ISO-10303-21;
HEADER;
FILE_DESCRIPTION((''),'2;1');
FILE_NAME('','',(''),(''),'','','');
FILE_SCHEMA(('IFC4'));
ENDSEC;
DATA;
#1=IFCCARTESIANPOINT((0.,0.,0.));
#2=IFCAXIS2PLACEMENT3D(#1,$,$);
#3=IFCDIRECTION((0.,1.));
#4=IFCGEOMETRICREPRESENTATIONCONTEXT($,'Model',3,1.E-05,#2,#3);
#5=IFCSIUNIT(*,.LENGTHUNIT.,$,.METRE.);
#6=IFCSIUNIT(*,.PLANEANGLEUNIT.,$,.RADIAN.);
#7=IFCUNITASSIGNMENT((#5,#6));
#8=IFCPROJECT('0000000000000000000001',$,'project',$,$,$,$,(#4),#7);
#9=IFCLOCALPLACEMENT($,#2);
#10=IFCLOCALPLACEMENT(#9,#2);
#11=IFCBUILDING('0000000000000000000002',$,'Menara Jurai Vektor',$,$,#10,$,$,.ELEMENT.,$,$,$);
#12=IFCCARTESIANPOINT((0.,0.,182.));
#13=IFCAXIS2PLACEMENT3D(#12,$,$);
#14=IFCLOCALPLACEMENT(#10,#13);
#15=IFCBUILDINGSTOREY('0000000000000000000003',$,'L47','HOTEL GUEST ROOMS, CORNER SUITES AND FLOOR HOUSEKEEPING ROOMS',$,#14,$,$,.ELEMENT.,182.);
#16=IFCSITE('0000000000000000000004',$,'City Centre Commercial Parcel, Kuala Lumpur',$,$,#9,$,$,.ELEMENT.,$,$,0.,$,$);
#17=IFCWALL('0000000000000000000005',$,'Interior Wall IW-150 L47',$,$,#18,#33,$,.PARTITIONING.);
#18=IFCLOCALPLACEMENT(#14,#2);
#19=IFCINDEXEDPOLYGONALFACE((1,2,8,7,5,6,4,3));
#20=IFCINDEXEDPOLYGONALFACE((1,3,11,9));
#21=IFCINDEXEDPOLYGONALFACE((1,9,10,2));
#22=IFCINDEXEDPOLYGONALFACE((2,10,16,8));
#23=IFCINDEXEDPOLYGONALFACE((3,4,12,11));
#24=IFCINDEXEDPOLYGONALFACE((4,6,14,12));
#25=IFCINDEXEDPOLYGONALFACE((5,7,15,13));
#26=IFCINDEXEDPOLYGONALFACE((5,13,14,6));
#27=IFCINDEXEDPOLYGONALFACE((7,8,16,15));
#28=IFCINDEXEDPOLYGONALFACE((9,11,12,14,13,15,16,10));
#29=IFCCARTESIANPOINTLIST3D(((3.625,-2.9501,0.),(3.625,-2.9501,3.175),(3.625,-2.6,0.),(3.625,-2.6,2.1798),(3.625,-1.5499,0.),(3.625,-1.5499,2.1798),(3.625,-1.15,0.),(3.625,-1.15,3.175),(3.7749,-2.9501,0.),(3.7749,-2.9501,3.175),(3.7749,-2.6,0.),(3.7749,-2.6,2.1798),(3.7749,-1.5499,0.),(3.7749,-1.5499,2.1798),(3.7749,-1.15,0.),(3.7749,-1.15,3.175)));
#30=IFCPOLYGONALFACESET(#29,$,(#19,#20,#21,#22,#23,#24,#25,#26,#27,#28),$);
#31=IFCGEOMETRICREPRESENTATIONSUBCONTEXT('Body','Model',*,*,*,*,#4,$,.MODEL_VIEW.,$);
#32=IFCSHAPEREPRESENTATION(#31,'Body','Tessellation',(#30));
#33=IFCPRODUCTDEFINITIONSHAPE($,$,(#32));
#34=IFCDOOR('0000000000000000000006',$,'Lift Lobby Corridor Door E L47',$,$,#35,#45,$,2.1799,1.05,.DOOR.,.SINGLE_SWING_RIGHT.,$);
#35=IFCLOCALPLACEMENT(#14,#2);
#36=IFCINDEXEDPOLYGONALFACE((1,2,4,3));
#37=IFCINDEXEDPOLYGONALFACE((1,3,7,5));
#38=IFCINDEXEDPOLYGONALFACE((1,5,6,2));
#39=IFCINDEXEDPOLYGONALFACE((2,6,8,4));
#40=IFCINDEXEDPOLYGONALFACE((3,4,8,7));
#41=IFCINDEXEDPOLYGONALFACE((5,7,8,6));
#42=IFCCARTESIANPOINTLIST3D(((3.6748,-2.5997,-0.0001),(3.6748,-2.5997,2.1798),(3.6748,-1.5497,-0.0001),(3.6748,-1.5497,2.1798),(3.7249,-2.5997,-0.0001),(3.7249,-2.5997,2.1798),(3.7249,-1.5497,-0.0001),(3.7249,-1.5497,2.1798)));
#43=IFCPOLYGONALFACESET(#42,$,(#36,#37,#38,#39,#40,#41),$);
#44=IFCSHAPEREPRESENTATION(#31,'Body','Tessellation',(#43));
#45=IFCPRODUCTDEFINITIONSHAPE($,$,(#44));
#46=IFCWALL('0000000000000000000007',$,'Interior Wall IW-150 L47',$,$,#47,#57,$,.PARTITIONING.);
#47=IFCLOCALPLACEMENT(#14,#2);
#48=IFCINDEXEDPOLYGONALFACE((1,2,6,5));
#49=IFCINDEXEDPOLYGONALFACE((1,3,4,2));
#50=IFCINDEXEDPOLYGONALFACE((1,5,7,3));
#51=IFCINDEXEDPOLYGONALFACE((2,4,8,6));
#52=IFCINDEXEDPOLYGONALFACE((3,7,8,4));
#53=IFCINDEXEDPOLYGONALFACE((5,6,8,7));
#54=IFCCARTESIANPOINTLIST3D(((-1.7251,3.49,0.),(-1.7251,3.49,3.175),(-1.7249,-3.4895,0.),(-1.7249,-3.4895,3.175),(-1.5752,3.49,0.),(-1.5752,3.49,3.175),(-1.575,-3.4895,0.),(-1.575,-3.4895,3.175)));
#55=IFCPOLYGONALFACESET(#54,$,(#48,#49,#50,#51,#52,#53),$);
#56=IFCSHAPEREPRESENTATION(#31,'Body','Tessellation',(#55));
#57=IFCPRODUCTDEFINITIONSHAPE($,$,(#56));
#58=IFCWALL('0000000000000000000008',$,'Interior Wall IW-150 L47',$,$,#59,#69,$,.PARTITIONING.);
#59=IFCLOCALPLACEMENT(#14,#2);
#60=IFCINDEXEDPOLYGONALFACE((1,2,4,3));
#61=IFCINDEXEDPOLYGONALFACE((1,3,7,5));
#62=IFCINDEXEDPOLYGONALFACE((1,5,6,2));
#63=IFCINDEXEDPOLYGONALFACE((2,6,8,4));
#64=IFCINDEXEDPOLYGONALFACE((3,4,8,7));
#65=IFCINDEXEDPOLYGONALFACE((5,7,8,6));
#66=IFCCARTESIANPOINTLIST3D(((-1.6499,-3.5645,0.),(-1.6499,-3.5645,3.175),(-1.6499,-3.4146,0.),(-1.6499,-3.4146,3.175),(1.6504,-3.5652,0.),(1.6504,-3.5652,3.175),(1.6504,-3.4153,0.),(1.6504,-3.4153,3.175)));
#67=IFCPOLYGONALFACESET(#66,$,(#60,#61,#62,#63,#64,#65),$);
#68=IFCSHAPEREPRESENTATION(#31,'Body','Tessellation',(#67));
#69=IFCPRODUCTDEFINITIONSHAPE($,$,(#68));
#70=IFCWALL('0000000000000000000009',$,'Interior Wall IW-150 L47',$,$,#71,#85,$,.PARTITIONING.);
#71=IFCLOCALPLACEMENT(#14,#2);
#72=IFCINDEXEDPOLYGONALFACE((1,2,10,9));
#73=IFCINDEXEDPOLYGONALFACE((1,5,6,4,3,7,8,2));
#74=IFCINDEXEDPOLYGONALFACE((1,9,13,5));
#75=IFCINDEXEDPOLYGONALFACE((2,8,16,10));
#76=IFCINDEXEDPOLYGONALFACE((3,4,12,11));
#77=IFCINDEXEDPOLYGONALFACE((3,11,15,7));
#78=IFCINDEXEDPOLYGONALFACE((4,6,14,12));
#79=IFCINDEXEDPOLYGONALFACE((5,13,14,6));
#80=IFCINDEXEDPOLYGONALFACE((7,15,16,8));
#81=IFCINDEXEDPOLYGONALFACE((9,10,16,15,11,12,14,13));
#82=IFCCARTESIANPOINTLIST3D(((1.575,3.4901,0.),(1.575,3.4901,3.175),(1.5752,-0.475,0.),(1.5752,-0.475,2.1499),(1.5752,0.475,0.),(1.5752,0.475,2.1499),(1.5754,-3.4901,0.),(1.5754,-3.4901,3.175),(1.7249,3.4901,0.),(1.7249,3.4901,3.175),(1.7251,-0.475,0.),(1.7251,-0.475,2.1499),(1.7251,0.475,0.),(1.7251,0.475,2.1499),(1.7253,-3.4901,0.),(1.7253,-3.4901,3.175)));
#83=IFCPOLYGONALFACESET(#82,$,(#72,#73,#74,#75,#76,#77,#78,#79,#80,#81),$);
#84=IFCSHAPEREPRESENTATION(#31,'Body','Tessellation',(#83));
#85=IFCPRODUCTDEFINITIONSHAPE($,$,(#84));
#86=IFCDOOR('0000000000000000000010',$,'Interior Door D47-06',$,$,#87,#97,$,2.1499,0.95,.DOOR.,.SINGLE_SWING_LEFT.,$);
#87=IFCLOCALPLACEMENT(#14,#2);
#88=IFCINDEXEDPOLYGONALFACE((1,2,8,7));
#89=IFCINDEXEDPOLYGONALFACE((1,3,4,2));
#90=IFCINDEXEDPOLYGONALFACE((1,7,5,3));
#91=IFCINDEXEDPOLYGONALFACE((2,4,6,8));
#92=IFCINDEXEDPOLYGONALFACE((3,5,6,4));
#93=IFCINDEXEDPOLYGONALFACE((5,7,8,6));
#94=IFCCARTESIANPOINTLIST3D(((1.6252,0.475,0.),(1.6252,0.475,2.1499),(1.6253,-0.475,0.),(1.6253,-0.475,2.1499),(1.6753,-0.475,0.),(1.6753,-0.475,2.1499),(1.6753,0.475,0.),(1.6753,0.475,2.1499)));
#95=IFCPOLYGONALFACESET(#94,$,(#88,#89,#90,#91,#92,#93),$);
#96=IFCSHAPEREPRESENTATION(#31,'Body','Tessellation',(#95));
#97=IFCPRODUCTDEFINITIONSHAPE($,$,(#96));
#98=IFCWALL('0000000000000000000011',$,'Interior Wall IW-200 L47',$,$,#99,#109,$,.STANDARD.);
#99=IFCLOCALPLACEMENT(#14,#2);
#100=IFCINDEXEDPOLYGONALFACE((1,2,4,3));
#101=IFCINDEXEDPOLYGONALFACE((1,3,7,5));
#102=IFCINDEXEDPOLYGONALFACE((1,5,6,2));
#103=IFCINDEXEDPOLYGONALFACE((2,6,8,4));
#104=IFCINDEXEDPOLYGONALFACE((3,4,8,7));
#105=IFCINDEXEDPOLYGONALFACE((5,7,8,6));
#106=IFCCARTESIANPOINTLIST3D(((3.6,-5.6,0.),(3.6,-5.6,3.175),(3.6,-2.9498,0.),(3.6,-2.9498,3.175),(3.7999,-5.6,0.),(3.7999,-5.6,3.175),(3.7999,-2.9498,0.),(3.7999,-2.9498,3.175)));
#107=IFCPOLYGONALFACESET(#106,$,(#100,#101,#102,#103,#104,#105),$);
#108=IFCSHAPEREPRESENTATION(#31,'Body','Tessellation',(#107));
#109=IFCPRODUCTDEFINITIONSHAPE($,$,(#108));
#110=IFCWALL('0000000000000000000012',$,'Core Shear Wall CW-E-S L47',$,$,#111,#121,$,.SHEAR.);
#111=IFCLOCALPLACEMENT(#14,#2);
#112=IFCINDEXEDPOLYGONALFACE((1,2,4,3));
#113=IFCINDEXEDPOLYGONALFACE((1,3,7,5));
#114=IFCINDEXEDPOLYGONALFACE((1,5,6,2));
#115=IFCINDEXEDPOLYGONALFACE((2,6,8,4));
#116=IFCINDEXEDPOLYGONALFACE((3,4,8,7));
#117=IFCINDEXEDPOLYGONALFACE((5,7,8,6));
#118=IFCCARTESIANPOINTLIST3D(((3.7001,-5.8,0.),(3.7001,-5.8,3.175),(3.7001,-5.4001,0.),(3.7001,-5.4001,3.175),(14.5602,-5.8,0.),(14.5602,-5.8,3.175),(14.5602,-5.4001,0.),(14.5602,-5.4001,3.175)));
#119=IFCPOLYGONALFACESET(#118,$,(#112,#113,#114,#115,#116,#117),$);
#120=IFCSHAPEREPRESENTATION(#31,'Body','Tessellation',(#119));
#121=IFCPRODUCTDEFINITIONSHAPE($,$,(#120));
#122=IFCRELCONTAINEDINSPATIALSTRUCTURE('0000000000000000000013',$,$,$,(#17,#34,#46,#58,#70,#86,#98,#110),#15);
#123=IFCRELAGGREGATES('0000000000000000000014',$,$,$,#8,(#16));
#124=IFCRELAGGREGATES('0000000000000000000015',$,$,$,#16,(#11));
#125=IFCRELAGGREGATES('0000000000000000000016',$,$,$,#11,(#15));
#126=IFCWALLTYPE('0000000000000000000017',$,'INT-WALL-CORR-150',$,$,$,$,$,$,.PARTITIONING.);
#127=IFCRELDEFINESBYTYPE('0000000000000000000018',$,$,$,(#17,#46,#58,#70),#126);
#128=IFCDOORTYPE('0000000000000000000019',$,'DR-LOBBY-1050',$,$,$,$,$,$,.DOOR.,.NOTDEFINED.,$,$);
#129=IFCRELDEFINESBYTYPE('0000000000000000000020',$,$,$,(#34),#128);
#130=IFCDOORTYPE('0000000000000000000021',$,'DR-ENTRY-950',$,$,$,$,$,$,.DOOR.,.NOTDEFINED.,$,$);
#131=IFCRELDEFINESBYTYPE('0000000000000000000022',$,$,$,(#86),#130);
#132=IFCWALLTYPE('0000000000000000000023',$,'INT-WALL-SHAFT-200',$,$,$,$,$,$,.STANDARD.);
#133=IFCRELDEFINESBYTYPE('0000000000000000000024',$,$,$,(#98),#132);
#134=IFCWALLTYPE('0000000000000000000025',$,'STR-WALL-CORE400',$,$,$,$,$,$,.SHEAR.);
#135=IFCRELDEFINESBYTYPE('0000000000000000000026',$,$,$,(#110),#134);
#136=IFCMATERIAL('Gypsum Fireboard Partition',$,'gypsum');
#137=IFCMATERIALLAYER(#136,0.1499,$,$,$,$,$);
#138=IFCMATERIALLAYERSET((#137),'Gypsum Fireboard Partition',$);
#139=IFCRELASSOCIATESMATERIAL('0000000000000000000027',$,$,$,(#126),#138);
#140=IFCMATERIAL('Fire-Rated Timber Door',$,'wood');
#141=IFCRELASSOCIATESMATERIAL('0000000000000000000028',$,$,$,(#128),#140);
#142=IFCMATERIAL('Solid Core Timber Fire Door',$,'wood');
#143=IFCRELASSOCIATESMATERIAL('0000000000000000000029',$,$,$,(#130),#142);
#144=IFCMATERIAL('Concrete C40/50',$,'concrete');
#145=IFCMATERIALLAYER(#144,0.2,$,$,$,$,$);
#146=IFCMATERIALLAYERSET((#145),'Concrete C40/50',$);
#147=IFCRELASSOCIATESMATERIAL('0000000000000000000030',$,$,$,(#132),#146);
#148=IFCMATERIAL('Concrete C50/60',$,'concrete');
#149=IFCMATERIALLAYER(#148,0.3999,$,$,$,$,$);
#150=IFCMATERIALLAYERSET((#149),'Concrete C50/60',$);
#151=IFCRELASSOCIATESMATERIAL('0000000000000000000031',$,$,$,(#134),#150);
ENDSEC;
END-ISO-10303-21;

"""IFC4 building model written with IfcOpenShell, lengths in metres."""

from ifc_helpers import new_model, si_unit, direction, frame, frame_2d, origin, place, context, subcontext, project, spatial, rectangle, extrude, material, layer, layer_set, type_object, element, fill, save


model = new_model("IFC4")

# Units and contexts
model_context = context("Model", 3, precision=1e-05, world=origin(), true_north=direction((0.0, 1.0)))
body_context = subcontext(model_context, "Body", "Model", "MODEL_VIEW")
ifc_project = project(units=[si_unit("LENGTHUNIT", "METRE"), si_unit("PLANEANGLEUNIT", "RADIAN")], contexts=[model_context])

# Site, building, storey
site_placement = place(None, origin())
site = spatial("IfcSite", under=ifc_project, at=site_placement, Name="City Centre Commercial Parcel, Kuala Lumpur", CompositionType="ELEMENT", RefElevation=0.0)
building_placement = place(site_placement, origin())
building = spatial("IfcBuilding", under=site, at=building_placement, Name="Menara Jurai Vektor", CompositionType="ELEMENT")
storey_placement = place(building_placement, frame((0.0, 0.0, 182.0)))
storey = spatial("IfcBuildingStorey", under=building, at=storey_placement, Name="L47", Description="HOTEL GUEST ROOMS, CORNER SUITES AND FLOOR HOUSEKEEPING ROOMS", CompositionType="ELEMENT", Elevation=182.0)

# Shared definitions
ifc_material_1 = material(Name="Concrete C50/60", Category="concrete")

# Shared definitions
ifc_material_2 = material(Name="Concrete C40/50", Category="concrete")

# Wall, opening, door
ifc_material_3 = material(Name="Gypsum Fireboard Partition", Category="gypsum")
ifc_layer_1 = layer(ifc_material_3, 0.1499)
ifc_layer_set_1 = layer_set([ifc_layer_1], Name="Gypsum Fireboard Partition")
wall_type_1 = type_object("IfcWallType", Name="INT-WALL-CORR-150", PredefinedType="PARTITIONING", material=ifc_layer_set_1)
wall_1_placement = place(storey_placement, frame((3.7, -2.95, 0.0), z_axis=(0.0, 0.0, 1.0), x_axis=(0.0, 1.0, 0.0)))
wall_1 = element("IfcWall", 1, at=wall_1_placement, inside=storey, type_object=wall_type_1, Name="Interior Wall IW-150 L47", PredefinedType="PARTITIONING", context=body_context, shape_type="SweptSolid", body=[
    extrude(rectangle(XDim=1.8, YDim=0.1499, at=frame_2d((0.8999, 0.0))), origin(), (0.0, 0.0, 1.0), 3.175),
])
opening_1_placement = place(wall_1_placement, frame((0.3501, 0.0, 0.0)))
opening_1 = element("IfcOpeningElement", 2, at=opening_1_placement, cuts=wall_1, PredefinedType="OPENING", context=body_context, shape_type="SweptSolid", body=[
    extrude(rectangle(XDim=1.05, YDim=2.1799, at=frame_2d((0.5249, 1.0898))), frame((0.0, 0.085, 0.0), z_axis=(0.0, -1.0, 0.0), x_axis=(1.0, 0.0, 0.0)), (0.0, 0.0, 1.0), 0.1699),
])
ifc_material_4 = material(Name="Fire-Rated Timber Door", Category="wood")
door_type_1 = type_object("IfcDoorType", Name="DR-LOBBY-1050", OperationType="NOTDEFINED", PredefinedType="DOOR", material=ifc_material_4)
door_1_placement = place(opening_1_placement, frame((1.05, 0.0, 0.0), z_axis=(0.0, 0.0, 1.0), x_axis=(-1.0, 0.0, 0.0)))
door_1 = element("IfcDoor", 3, at=door_1_placement, inside=storey, type_object=door_type_1, Name="Lift Lobby Corridor Door E L47", OperationType="SINGLE_SWING_RIGHT", OverallHeight=2.1799, OverallWidth=1.05, PredefinedType="DOOR", context=body_context, shape_type="SweptSolid", body=[
    extrude(rectangle(XDim=1.05, YDim=2.1799, at=frame_2d((0.5249, 1.0898))), frame((0.0, 0.0249, 0.0), z_axis=(0.0, -1.0, 0.0), x_axis=(1.0, 0.0, 0.0)), (0.0, 0.0, 1.0), 0.05),
])
fill(opening_1, door_1)

# Walls
wall_2_placement = place(storey_placement, frame((-1.6499, -3.4895, 0.0), z_axis=(0.0, 0.0, 1.0), x_axis=(-0.000035, 1.0, 0.0)))
element("IfcWall", 4, at=wall_2_placement, inside=storey, type_object=wall_type_1, Name="Interior Wall IW-150 L47", PredefinedType="PARTITIONING", context=body_context, shape_type="SweptSolid", body=[
    extrude(rectangle(XDim=6.9795, YDim=0.1499, at=frame_2d((3.4897, 0.0))), origin(), (0.0, 0.0, 1.0), 3.175),
])
wall_3_placement = place(storey_placement, frame((-1.6499, -3.4895, 0.0), z_axis=(0.0, 0.0, 1.0), x_axis=(1.0, -0.000222, 0.0)))
element("IfcWall", 5, at=wall_3_placement, inside=storey, type_object=wall_type_1, Name="Interior Wall IW-150 L47", PredefinedType="PARTITIONING", context=body_context, shape_type="SweptSolid", body=[
    extrude(rectangle(XDim=3.3003, YDim=0.1499, at=frame_2d((1.6501, 0.0))), origin(), (0.0, 0.0, 1.0), 3.175),
])

# Wall, opening, door
wall_4_placement = place(storey_placement, frame((1.6504, -3.4902, 0.0), z_axis=(0.0, 0.0, 1.0), x_axis=(-0.00007, 1.0, 0.0)))
wall_4 = element("IfcWall", 6, at=wall_4_placement, inside=storey, type_object=wall_type_1, Name="Interior Wall IW-150 L47", PredefinedType="PARTITIONING", context=body_context, shape_type="SweptSolid", body=[
    extrude(rectangle(XDim=6.9802, YDim=0.1499, at=frame_2d((3.4902, 0.0))), origin(), (0.0, 0.0, 1.0), 3.175),
])
opening_2_placement = place(wall_4_placement, frame((3.0151, 0.0, 0.0)))
opening_2 = element("IfcOpeningElement", 7, at=opening_2_placement, cuts=wall_4, PredefinedType="OPENING", context=body_context, shape_type="SweptSolid", body=[
    extrude(rectangle(XDim=0.95, YDim=2.1499, at=frame_2d((0.4751, 1.075))), frame((0.0, 0.085, 0.0), z_axis=(0.0, -1.0, 0.0), x_axis=(1.0, 0.0, 0.0)), (0.0, 0.0, 1.0), 0.1699),
])
ifc_material_5 = material(Name="Solid Core Timber Fire Door", Category="wood")
door_type_2 = type_object("IfcDoorType", Name="DR-ENTRY-950", OperationType="NOTDEFINED", PredefinedType="DOOR", material=ifc_material_5)
door_2_placement = place(opening_2_placement, origin())
door_2 = element("IfcDoor", 8, at=door_2_placement, inside=storey, type_object=door_type_2, Name="Interior Door D47-06", OperationType="SINGLE_SWING_LEFT", OverallHeight=2.1499, OverallWidth=0.95, PredefinedType="DOOR", context=body_context, shape_type="SweptSolid", body=[
    extrude(rectangle(XDim=0.95, YDim=2.1499, at=frame_2d((0.4751, 1.075))), frame((0.0, 0.0249, 0.0), z_axis=(0.0, -1.0, 0.0), x_axis=(1.0, 0.0, 0.0)), (0.0, 0.0, 1.0), 0.05),
])
fill(opening_2, door_2)

# Shared definitions
ifc_layer_2 = layer(ifc_material_2, 0.2)
ifc_layer_set_2 = layer_set([ifc_layer_2], Name="Concrete C40/50")
wall_type_2 = type_object("IfcWallType", Name="INT-WALL-SHAFT-200", PredefinedType="STANDARD", material=ifc_layer_set_2)

# Wall
wall_5_placement = place(storey_placement, frame((3.7, -5.6001, 0.0), z_axis=(0.0, 0.0, 1.0), x_axis=(0.0, 1.0, 0.0)))
element("IfcWall", 9, at=wall_5_placement, inside=storey, type_object=wall_type_2, Name="Interior Wall IW-200 L47", PredefinedType="STANDARD", context=body_context, shape_type="SweptSolid", body=[
    extrude(rectangle(XDim=2.6501, YDim=0.2, at=frame_2d((1.3252, 0.0))), origin(), (0.0, 0.0, 1.0), 3.175),
])

# Wall
ifc_layer_3 = layer(ifc_material_1, 0.3999)
ifc_layer_set_3 = layer_set([ifc_layer_3], Name="Concrete C50/60")
wall_type_3 = type_object("IfcWallType", Name="STR-WALL-CORE400", PredefinedType="SHEAR", material=ifc_layer_set_3)
wall_6_placement = place(storey_placement, frame((3.7, -5.6001, 0.0), z_axis=(0.0, 0.0, 1.0), x_axis=(1.0, 0.0, 0.0)))
element("IfcWall", 10, at=wall_6_placement, inside=storey, type_object=wall_type_3, Name="Core Shear Wall CW-E-S L47", PredefinedType="SHEAR", context=body_context, shape_type="SweptSolid", body=[
    extrude(rectangle(XDim=10.8601, YDim=0.3999, at=frame_2d((5.4302, 0.0))), origin(), (0.0, 0.0, 1.0), 3.175),
])

save(model, "model.ifc")
